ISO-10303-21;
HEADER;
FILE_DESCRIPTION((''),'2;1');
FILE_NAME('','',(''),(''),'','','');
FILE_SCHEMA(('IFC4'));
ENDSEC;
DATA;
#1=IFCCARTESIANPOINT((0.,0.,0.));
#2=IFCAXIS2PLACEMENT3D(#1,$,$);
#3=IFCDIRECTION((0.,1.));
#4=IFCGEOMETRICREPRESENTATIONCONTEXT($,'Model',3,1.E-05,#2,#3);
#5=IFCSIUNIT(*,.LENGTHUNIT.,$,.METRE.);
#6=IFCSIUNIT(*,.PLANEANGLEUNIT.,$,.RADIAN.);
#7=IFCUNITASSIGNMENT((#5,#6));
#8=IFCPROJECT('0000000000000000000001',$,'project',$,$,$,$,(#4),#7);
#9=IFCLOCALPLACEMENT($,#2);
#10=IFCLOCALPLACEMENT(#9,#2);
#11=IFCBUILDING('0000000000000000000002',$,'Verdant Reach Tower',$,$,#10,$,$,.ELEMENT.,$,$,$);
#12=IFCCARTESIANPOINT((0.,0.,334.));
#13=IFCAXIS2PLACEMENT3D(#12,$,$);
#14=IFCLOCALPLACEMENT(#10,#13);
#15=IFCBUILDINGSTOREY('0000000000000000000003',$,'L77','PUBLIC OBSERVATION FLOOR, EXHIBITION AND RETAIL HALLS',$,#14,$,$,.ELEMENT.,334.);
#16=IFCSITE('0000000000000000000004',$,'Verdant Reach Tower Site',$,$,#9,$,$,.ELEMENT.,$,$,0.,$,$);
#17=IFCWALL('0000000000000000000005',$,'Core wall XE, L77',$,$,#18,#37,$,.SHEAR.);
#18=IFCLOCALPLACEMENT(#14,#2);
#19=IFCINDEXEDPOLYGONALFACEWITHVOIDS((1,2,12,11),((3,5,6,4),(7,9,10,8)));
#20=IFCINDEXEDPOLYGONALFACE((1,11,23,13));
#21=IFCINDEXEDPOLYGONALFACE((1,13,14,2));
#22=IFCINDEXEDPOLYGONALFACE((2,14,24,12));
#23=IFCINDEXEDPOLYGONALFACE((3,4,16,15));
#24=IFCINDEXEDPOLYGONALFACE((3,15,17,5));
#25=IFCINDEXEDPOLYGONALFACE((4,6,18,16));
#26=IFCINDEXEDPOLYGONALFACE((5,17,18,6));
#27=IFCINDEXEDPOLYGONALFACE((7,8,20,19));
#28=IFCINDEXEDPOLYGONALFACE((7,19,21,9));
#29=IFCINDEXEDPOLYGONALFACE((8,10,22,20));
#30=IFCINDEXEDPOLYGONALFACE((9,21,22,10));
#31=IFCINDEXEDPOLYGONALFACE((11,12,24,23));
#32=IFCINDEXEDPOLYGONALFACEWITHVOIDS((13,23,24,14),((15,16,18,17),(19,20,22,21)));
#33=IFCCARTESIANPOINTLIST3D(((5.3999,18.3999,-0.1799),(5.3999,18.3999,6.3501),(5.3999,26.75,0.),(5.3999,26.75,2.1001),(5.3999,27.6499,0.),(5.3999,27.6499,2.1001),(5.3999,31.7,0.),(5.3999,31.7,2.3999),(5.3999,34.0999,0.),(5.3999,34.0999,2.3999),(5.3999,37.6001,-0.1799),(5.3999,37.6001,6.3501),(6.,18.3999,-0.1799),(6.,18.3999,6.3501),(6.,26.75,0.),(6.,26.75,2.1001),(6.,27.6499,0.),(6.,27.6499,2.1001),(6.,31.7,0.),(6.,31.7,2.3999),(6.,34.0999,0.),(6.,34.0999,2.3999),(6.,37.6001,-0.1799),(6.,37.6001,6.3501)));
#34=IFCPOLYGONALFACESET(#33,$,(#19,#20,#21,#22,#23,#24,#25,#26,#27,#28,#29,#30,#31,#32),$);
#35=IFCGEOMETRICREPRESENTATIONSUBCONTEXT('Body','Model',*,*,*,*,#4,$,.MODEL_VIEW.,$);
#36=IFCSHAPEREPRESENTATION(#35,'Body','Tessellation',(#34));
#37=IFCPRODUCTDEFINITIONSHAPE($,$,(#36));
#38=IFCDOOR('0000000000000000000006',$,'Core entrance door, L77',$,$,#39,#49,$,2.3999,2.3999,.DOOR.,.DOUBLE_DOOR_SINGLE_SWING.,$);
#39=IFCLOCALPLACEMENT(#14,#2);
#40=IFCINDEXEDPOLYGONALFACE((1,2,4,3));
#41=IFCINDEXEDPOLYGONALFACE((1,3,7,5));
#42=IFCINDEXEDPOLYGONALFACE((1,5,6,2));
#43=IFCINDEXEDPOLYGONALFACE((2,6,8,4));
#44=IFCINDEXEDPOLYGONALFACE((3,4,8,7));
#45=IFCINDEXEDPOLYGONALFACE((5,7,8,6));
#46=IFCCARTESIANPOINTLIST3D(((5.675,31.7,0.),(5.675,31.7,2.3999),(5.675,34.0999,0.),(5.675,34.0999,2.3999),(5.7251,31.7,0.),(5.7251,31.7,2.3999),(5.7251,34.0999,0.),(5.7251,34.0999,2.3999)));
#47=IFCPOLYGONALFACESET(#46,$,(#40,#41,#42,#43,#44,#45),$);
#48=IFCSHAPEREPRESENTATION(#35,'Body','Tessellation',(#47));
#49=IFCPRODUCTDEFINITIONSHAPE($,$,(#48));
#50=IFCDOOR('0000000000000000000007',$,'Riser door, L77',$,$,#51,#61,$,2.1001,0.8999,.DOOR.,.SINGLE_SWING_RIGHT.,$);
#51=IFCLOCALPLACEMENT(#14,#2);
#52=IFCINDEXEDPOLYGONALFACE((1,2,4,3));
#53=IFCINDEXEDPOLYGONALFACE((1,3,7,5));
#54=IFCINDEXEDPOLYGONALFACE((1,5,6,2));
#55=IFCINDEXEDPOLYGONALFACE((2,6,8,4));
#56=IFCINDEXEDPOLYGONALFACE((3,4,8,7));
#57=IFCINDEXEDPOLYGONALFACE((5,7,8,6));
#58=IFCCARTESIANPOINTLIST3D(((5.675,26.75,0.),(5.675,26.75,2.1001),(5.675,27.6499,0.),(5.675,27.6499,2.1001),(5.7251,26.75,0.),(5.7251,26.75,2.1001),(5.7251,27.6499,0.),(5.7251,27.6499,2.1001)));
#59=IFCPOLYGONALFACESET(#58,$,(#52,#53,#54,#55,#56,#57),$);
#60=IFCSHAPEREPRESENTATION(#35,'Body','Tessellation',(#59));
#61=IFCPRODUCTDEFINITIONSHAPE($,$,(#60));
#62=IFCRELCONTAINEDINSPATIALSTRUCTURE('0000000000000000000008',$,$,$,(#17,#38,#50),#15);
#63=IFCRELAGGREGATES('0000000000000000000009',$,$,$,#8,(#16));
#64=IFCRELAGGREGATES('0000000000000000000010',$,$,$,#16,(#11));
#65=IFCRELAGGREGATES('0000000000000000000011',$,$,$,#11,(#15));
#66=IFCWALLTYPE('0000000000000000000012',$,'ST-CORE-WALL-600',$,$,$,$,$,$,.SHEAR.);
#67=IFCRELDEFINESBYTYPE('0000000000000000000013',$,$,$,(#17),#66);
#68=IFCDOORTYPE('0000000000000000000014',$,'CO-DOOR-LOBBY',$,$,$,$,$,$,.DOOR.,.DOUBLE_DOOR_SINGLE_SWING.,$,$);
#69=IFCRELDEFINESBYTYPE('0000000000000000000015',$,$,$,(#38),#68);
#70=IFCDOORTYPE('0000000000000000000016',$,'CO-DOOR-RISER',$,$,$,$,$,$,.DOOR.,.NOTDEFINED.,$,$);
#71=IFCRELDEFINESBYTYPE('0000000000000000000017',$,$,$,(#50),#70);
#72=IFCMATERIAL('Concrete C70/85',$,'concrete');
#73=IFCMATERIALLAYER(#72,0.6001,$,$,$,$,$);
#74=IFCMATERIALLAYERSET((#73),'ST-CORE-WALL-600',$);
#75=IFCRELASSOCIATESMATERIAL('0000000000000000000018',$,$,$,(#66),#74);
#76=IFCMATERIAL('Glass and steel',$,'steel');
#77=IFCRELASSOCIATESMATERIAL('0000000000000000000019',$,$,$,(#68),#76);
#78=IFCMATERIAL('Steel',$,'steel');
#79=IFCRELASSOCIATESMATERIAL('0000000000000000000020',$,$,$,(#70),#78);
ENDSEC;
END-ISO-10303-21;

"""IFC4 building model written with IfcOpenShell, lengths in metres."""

from ifc_helpers import new_model, si_unit, direction, frame, frame_2d, origin, place, context, subcontext, project, spatial, rectangle, extrude, material, layer, layer_set, type_object, element, fill, save


model = new_model("IFC4")

# Units and contexts
model_context = context("Model", 3, precision=1e-05, world=origin(), true_north=direction((0.0, 1.0)))
body_context = subcontext(model_context, "Body", "Model", "MODEL_VIEW")
ifc_project = project(units=[si_unit("LENGTHUNIT", "METRE"), si_unit("PLANEANGLEUNIT", "RADIAN")], contexts=[model_context])

# Site, building, storey
site_placement = place(None, origin())
site = spatial("IfcSite", under=ifc_project, at=site_placement, Name="Verdant Reach Tower Site", CompositionType="ELEMENT", RefElevation=0.0)
building_placement = place(site_placement, origin())
building = spatial("IfcBuilding", under=site, at=building_placement, Name="Verdant Reach Tower", CompositionType="ELEMENT")
storey_placement = place(building_placement, frame((0.0, 0.0, 334.0)))
storey = spatial("IfcBuildingStorey", under=building, at=storey_placement, Name="L77", Description="PUBLIC OBSERVATION FLOOR, EXHIBITION AND RETAIL HALLS", CompositionType="ELEMENT", Elevation=334.0)

# Wall, openings, doors
ifc_material_1 = material(Name="Concrete C70/85", Category="concrete")
ifc_layer_1 = layer(ifc_material_1, 0.6001)
ifc_layer_set_1 = layer_set([ifc_layer_1], Name="ST-CORE-WALL-600")
wall_type_1 = type_object("IfcWallType", Name="ST-CORE-WALL-600", PredefinedType="SHEAR", material=ifc_layer_set_1)
wall_1_placement = place(storey_placement, frame((5.7, 18.3999, -0.1799), z_axis=(0.0, 0.0, 1.0), x_axis=(0.0, 1.0, 0.0)))
wall_1 = element("IfcWall", 1, at=wall_1_placement, inside=storey, type_object=wall_type_1, Name="Core wall XE, L77", PredefinedType="SHEAR", context=body_context, shape_type="SweptSolid", body=[
    extrude(rectangle(XDim=19.2002, YDim=0.6001, at=frame_2d((9.6001, 0.0))), origin(), (0.0, 0.0, 1.0), 6.53),
])
opening_1_placement = place(wall_1_placement, frame((8.3501, 0.0, 0.1799)))
opening_1 = element("IfcOpeningElement", 2, at=opening_1_placement, cuts=wall_1, PredefinedType="OPENING", context=body_context, shape_type="SweptSolid", body=[
    extrude(rectangle(XDim=0.8999, YDim=2.1001, at=frame_2d((0.45, 1.05))), frame((0.0, 0.3101, 0.0), z_axis=(0.0, -1.0, 0.0), x_axis=(1.0, 0.0, 0.0)), (0.0, 0.0, 1.0), 0.6201),
])
opening_2_placement = place(wall_1_placement, frame((13.3, 0.0, 0.1799)))
opening_2 = element("IfcOpeningElement", 3, at=opening_2_placement, cuts=wall_1, PredefinedType="OPENING", context=body_context, shape_type="SweptSolid", body=[
    extrude(rectangle(XDim=2.3999, YDim=2.3999, at=frame_2d((1.2, 1.2))), frame((0.0, 0.3101, 0.0), z_axis=(0.0, -1.0, 0.0), x_axis=(1.0, 0.0, 0.0)), (0.0, 0.0, 1.0), 0.6201),
])
ifc_material_2 = material(Name="Glass and steel", Category="steel")
door_type_1 = type_object("IfcDoorType", Name="CO-DOOR-LOBBY", OperationType="DOUBLE_DOOR_SINGLE_SWING", PredefinedType="DOOR", material=ifc_material_2)
door_1_placement = place(opening_2_placement, origin())
door_1 = element("IfcDoor", 4, at=door_1_placement, inside=storey, type_object=door_type_1, Name="Core entrance door, L77", OperationType="DOUBLE_DOOR_SINGLE_SWING", OverallHeight=2.3999, OverallWidth=2.3999, PredefinedType="DOOR", context=body_context, shape_type="SweptSolid", body=[
    extrude(rectangle(XDim=2.3999, YDim=2.3999, at=frame_2d((1.2, 1.2))), frame((0.0, 0.0249, 0.0), z_axis=(0.0, -1.0, 0.0), x_axis=(1.0, 0.0, 0.0)), (0.0, 0.0, 1.0), 0.05),
])
fill(opening_2, door_1)
ifc_material_3 = material(Name="Steel", Category="steel")
door_type_2 = type_object("IfcDoorType", Name="CO-DOOR-RISER", OperationType="NOTDEFINED", PredefinedType="DOOR", material=ifc_material_3)
door_2_placement = place(opening_1_placement, origin())
door_2 = element("IfcDoor", 5, at=door_2_placement, inside=storey, type_object=door_type_2, Name="Riser door, L77", OperationType="SINGLE_SWING_RIGHT", OverallHeight=2.1001, OverallWidth=0.8999, PredefinedType="DOOR", context=body_context, shape_type="SweptSolid", body=[
    extrude(rectangle(XDim=0.8999, YDim=2.1001, at=frame_2d((0.45, 1.05))), frame((0.0, 0.0249, 0.0), z_axis=(0.0, -1.0, 0.0), x_axis=(1.0, 0.0, 0.0)), (0.0, 0.0, 1.0), 0.05),
])
fill(opening_1, door_2)

save(model, "model.ifc")
